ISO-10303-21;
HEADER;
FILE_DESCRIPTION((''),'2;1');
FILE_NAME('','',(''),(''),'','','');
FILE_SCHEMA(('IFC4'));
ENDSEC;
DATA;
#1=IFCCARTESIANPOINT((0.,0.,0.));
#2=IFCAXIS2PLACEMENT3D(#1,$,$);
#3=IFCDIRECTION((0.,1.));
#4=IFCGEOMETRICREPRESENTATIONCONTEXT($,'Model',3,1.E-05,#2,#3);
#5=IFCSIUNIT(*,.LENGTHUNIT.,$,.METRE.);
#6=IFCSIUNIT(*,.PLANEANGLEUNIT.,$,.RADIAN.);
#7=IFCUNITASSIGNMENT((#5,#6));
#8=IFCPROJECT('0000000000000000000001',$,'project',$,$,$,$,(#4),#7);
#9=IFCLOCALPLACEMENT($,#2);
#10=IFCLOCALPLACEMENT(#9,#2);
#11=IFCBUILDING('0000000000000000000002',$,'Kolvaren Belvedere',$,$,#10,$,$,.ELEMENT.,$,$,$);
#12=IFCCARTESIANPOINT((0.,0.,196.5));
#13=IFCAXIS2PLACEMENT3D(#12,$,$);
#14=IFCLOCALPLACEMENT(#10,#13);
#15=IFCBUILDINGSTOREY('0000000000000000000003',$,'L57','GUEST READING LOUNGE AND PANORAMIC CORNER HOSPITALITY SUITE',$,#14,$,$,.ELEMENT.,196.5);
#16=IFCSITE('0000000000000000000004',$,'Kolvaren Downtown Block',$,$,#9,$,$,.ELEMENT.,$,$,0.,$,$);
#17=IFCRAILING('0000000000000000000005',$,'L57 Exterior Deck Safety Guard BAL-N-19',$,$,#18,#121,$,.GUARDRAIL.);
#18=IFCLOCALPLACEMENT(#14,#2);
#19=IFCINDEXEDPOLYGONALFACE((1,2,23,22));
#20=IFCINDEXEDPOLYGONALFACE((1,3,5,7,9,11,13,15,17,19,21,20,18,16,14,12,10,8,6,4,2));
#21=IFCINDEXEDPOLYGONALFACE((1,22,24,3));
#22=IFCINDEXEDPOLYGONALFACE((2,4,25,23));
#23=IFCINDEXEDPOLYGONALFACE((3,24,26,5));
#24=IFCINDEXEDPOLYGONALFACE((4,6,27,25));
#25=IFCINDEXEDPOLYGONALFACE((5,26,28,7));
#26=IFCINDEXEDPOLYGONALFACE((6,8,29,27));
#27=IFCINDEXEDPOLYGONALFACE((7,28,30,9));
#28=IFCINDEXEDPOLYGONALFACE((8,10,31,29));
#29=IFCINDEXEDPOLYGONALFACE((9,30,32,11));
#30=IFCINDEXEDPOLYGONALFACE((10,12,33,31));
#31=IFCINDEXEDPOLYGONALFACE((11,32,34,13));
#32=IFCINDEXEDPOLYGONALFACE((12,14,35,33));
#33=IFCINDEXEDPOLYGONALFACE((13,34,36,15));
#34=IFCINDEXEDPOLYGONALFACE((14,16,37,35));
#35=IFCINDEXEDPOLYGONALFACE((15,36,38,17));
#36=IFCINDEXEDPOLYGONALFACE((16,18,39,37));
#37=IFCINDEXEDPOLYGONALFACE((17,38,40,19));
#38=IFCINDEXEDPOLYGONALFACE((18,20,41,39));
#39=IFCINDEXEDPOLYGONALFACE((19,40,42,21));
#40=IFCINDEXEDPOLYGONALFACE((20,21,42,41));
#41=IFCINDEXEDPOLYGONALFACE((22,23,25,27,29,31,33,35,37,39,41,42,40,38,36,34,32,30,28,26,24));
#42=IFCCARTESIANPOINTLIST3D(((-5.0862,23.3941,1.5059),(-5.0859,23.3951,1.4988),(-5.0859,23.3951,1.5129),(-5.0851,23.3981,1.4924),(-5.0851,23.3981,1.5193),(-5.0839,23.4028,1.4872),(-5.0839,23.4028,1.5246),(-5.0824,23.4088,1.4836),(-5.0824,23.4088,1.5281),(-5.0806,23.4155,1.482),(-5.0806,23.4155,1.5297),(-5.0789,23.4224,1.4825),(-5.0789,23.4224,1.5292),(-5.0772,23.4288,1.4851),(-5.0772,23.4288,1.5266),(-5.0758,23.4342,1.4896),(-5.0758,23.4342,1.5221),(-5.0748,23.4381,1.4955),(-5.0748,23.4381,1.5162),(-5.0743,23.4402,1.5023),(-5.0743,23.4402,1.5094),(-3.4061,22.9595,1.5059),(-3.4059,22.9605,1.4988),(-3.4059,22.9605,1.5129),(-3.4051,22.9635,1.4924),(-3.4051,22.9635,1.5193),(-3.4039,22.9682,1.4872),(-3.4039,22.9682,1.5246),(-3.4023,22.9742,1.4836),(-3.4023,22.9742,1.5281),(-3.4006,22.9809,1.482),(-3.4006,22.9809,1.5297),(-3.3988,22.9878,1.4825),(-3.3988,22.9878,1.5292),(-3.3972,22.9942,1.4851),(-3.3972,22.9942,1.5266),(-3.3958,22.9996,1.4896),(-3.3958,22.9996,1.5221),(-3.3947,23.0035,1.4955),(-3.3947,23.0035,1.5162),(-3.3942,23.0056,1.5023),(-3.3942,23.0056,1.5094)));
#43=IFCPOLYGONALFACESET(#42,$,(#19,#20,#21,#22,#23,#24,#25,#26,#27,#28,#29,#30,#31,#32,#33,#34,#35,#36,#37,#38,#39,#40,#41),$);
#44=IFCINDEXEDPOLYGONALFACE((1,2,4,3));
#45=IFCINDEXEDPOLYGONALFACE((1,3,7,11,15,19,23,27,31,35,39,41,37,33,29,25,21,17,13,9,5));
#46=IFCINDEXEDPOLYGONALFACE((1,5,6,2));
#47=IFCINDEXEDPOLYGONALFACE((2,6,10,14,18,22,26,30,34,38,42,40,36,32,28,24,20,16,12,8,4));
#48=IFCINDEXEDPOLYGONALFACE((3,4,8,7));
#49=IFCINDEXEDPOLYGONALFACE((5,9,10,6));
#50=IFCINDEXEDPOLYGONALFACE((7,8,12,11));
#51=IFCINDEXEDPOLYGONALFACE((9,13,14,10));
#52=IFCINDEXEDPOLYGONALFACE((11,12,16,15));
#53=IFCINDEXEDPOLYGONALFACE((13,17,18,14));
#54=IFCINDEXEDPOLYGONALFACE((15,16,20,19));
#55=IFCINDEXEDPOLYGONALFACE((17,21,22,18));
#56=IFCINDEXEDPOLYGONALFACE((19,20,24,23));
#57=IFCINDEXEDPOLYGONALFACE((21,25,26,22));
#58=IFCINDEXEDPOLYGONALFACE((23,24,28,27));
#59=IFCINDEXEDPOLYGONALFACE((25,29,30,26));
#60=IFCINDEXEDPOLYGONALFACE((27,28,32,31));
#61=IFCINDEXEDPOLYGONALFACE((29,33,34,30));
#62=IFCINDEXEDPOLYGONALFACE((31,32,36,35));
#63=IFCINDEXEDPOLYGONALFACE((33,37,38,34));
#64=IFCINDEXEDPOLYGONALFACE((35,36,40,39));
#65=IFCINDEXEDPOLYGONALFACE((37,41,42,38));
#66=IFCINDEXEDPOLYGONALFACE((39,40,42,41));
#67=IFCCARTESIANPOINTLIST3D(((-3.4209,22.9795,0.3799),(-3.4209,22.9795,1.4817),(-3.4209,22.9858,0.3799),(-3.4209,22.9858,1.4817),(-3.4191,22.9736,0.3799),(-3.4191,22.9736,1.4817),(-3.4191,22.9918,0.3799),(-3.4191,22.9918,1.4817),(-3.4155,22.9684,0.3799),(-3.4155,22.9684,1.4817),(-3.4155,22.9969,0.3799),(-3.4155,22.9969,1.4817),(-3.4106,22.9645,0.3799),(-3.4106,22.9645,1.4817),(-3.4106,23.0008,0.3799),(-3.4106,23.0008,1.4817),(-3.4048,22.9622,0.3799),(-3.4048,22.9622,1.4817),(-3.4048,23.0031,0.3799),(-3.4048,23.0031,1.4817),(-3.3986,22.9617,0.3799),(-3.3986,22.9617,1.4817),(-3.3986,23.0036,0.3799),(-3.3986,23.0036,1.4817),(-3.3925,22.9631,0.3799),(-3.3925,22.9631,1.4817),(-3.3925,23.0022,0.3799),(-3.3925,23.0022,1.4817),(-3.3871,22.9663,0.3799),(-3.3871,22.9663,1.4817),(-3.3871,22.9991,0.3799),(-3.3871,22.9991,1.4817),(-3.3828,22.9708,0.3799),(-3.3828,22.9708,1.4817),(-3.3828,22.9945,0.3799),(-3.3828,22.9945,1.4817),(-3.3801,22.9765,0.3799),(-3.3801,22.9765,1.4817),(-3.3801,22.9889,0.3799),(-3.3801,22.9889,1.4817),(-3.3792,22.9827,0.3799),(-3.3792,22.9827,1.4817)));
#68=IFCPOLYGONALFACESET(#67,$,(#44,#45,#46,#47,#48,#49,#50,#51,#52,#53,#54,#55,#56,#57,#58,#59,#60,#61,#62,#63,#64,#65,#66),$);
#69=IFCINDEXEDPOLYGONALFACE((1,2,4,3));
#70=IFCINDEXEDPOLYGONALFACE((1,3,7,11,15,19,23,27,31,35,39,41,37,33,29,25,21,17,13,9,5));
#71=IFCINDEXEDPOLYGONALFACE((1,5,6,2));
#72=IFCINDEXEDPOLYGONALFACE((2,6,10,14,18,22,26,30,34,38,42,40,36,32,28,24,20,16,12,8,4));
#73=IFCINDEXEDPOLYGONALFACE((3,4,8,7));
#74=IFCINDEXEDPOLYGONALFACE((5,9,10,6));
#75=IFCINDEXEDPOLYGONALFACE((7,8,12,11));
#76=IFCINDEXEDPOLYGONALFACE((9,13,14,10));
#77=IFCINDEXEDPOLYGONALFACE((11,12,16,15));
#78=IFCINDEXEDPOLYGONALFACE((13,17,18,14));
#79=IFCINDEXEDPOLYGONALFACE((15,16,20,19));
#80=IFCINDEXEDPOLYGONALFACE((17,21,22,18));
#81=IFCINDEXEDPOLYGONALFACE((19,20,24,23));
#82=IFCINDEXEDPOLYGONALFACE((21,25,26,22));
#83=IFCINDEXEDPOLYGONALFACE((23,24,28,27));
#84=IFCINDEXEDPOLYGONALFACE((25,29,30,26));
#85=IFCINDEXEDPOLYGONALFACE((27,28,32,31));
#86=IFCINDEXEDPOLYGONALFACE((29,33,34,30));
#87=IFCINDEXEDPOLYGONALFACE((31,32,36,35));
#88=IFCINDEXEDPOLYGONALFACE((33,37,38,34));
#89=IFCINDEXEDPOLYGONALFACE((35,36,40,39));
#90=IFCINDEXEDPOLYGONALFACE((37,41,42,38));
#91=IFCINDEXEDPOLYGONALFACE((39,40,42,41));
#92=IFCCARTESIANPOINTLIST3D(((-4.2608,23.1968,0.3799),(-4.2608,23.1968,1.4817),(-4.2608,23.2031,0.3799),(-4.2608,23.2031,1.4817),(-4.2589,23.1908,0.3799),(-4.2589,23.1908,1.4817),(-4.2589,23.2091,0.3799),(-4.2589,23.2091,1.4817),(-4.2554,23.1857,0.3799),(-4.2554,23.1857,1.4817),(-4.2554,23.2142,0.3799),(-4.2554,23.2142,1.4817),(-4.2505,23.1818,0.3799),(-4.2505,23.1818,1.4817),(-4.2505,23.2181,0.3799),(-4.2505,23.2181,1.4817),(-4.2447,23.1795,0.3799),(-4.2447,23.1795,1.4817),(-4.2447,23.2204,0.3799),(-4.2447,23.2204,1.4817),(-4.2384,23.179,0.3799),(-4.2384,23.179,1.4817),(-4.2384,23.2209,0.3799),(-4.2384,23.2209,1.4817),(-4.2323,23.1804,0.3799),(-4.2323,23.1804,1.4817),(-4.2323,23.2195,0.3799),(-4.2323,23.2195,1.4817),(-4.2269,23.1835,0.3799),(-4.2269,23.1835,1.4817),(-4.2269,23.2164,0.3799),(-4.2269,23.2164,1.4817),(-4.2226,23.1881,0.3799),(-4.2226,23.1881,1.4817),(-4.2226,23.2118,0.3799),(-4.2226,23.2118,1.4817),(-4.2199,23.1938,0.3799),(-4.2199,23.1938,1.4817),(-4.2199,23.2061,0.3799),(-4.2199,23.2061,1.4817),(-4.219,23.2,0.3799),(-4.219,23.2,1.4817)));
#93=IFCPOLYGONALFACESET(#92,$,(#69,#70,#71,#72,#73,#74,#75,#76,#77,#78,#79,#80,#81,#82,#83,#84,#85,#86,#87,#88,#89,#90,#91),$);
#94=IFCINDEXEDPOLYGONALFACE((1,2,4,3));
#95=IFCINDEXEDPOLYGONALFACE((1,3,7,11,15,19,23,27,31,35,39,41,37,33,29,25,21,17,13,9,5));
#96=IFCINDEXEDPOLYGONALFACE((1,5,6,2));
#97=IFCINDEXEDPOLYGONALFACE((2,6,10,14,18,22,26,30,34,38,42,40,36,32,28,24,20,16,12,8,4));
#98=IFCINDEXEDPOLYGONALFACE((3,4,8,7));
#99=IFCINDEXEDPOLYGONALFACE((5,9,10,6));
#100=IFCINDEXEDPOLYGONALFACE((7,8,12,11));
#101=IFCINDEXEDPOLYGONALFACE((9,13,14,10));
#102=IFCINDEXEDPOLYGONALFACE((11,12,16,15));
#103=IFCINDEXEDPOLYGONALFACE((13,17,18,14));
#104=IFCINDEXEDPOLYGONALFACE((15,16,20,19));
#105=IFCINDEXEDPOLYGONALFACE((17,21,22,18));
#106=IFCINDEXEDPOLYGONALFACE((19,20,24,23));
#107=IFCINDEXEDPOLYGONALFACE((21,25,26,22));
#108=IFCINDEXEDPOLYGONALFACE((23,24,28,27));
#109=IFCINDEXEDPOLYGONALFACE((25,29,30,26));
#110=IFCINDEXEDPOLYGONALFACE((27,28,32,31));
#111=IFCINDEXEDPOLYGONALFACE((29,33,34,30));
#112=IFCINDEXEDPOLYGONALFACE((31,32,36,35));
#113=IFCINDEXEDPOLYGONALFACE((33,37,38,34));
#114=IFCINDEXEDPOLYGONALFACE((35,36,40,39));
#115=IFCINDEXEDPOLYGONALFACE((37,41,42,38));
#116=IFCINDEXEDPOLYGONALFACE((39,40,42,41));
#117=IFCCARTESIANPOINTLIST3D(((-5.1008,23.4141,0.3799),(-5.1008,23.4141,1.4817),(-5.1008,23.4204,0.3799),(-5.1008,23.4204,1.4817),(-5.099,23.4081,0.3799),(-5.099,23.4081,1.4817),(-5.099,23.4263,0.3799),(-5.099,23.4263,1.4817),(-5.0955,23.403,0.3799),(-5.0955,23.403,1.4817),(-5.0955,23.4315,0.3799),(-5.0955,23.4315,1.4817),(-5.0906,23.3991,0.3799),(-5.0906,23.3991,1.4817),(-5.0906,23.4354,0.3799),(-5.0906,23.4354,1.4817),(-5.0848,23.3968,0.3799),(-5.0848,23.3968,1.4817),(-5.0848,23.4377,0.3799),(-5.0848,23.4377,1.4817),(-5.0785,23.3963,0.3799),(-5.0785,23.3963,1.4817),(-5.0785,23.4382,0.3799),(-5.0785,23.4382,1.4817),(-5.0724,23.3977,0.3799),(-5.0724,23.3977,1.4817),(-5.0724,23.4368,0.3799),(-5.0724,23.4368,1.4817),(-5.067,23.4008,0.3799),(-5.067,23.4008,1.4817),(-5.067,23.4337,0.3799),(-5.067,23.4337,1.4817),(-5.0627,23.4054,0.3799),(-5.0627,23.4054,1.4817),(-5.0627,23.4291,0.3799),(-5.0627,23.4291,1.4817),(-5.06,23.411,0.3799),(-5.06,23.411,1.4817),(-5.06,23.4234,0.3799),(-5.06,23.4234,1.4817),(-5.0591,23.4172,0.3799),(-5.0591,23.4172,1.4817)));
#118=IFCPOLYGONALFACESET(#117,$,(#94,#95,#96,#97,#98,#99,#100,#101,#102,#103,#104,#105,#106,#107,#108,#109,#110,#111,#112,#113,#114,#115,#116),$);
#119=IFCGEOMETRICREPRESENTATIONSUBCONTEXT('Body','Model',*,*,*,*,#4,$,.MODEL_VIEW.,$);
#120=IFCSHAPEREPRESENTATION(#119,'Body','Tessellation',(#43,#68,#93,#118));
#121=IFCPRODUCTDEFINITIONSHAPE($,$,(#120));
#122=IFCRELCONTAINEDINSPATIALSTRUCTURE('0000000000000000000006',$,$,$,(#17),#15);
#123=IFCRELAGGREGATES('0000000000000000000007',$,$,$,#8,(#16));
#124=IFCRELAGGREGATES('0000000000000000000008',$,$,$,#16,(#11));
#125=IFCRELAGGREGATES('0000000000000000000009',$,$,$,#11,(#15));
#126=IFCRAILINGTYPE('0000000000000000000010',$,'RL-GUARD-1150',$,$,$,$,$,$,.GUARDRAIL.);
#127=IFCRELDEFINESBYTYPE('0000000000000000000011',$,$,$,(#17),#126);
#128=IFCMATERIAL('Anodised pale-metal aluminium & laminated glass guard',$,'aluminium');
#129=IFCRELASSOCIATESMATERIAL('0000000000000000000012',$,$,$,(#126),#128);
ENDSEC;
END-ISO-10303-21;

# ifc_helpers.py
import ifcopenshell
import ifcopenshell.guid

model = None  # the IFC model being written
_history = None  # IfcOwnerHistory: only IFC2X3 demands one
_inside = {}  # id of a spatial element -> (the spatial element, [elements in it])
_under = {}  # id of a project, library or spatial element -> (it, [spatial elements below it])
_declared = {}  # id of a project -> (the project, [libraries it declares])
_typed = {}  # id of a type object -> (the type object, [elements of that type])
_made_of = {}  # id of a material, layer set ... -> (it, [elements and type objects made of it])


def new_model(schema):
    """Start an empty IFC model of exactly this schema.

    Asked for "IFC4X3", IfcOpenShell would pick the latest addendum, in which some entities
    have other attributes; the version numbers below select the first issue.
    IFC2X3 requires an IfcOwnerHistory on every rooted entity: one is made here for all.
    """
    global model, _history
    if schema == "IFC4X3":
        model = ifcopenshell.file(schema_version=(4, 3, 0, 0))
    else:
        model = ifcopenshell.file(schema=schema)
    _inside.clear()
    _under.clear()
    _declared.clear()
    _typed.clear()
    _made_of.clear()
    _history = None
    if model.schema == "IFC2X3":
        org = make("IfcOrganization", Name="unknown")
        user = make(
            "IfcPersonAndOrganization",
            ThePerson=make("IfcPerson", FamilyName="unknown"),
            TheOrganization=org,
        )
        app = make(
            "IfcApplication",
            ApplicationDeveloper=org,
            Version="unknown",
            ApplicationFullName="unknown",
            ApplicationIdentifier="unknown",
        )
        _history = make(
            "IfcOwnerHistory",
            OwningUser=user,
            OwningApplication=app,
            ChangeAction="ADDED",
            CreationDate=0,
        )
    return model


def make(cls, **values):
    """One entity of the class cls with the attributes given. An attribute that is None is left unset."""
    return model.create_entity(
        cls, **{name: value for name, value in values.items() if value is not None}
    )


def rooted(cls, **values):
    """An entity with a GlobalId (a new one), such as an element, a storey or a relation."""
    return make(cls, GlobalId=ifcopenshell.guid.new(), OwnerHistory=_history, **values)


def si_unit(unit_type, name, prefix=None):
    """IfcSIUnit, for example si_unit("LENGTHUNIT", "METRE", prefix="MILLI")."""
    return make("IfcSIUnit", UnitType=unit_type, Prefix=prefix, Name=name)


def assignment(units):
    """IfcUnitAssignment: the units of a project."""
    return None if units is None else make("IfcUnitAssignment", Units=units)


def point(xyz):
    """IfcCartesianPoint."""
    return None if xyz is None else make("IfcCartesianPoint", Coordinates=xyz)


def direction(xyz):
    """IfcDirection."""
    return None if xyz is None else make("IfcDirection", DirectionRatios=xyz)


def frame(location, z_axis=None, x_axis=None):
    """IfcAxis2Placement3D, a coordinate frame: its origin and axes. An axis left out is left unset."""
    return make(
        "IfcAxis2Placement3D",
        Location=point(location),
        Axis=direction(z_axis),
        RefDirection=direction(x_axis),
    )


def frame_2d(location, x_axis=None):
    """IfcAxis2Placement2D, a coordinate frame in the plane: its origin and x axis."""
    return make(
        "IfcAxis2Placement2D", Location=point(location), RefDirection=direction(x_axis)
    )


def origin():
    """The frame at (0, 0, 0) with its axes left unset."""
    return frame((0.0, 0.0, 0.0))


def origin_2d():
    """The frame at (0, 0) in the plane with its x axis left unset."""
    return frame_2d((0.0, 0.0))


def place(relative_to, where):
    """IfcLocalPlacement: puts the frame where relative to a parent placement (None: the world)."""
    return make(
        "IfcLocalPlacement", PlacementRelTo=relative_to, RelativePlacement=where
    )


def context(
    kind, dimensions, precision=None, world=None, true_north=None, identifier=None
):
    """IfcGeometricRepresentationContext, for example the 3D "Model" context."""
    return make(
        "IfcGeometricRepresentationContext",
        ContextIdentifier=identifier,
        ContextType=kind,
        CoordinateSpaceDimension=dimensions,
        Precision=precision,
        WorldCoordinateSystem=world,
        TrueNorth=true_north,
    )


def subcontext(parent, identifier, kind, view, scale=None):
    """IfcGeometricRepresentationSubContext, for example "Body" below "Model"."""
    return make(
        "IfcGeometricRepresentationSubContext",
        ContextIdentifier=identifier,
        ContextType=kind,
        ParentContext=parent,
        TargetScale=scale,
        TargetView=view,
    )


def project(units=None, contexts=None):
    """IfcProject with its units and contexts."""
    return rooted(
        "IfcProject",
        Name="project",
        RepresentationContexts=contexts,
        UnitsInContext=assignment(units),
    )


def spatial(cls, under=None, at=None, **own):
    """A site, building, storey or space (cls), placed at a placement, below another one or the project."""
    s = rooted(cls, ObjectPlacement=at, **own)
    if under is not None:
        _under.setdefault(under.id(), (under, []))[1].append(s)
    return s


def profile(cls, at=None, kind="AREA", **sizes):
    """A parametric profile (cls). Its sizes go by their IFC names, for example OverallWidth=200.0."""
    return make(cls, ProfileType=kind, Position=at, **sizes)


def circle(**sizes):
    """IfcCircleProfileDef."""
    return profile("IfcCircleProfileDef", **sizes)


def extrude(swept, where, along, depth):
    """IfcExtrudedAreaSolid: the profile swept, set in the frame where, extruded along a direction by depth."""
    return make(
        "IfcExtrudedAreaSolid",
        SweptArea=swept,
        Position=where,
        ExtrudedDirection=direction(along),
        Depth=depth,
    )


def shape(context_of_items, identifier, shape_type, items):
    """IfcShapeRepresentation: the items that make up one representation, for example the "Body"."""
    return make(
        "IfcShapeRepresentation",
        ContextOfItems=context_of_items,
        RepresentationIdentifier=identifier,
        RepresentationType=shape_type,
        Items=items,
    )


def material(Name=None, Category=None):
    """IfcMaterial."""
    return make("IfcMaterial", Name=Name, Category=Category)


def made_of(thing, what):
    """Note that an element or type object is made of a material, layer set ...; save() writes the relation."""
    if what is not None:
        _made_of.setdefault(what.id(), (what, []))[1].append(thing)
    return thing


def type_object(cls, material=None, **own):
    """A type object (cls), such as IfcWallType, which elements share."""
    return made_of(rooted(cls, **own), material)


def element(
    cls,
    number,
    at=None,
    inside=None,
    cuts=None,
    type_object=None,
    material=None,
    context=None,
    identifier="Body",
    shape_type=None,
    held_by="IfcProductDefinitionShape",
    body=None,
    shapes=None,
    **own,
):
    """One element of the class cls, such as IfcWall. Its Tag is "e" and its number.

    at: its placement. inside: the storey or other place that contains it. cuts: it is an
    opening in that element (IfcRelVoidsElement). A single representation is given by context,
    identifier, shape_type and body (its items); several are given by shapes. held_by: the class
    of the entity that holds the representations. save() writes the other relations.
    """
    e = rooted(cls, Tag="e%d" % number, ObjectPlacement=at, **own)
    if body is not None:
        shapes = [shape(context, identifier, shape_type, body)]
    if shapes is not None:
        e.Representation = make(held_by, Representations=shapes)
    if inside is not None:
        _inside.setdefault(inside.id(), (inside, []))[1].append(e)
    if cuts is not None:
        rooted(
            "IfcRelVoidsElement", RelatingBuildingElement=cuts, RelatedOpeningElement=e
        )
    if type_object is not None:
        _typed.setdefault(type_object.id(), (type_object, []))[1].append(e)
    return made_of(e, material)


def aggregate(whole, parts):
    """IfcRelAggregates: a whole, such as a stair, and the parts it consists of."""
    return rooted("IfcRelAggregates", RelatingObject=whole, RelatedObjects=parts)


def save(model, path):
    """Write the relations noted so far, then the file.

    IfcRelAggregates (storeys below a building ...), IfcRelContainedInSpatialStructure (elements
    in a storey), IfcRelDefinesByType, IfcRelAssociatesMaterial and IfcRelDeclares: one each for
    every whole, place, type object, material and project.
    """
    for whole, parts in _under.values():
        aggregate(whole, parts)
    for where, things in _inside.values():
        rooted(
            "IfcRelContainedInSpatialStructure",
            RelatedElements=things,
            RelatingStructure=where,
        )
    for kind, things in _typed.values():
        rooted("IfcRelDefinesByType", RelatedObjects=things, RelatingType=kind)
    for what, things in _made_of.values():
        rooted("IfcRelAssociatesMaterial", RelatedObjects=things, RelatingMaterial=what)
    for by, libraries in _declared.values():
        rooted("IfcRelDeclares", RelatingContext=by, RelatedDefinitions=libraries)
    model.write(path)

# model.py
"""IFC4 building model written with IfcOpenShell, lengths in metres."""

from ifc_helpers import new_model, si_unit, direction, frame, origin, origin_2d, place, context, subcontext, project, spatial, circle, extrude, material, type_object, element, save


model = new_model("IFC4")

# Units and contexts
model_context = context("Model", 3, precision=1e-05, world=origin(), true_north=direction((0.0, 1.0)))
body_context = subcontext(model_context, "Body", "Model", "MODEL_VIEW")
ifc_project = project(units=[si_unit("LENGTHUNIT", "METRE"), si_unit("PLANEANGLEUNIT", "RADIAN")], contexts=[model_context])

# Site, building, storey
site_placement = place(None, origin())
site = spatial("IfcSite", under=ifc_project, at=site_placement, Name="Kolvaren Downtown Block", CompositionType="ELEMENT", RefElevation=0.0)
building_placement = place(site_placement, origin())
building = spatial("IfcBuilding", under=site, at=building_placement, Name="Kolvaren Belvedere", CompositionType="ELEMENT")
storey_placement = place(building_placement, frame((0.0, 0.0, 196.5)))
storey = spatial("IfcBuildingStorey", under=building, at=storey_placement, Name="L57", Description="GUEST READING LOUNGE AND PANORAMIC CORNER HOSPITALITY SUITE", CompositionType="ELEMENT", Elevation=196.5)

# Railing
ifc_material_1 = material(Name="Anodised pale-metal aluminium & laminated glass guard", Category="aluminium")
railing_type = type_object("IfcRailingType", Name="RL-GUARD-1150", PredefinedType="GUARDRAIL", material=ifc_material_1)
railing_1_placement = place(storey_placement, frame((-3.4001, 22.9827, 0.3799)))
element("IfcRailing", 1, at=railing_1_placement, inside=storey, type_object=railing_type, Name="L57 Exterior Deck Safety Guard BAL-N-19", PredefinedType="GUARDRAIL", context=body_context, shape_type="SweptSolid", body=[
    extrude(circle(Radius=0.0239, at=origin_2d()), frame((0.0, 0.0, 1.126), z_axis=(-0.968132, 0.25044, 0.0), x_axis=(-0.25044, -0.968132, 0.0)), (0.0, 0.0, 1.0), 1.7354),
    extrude(circle(Radius=0.021, at=origin_2d()), origin(), (0.0, 0.0, 1.0), 1.1018),
    extrude(circle(Radius=0.021, at=origin_2d()), frame((-0.8398, 0.2173, 0.0)), (0.0, 0.0, 1.0), 1.1018),
    extrude(circle(Radius=0.021, at=origin_2d()), frame((-1.6799, 0.4346, 0.0)), (0.0, 0.0, 1.0), 1.1018),
])

save(model, "model.ifc")
